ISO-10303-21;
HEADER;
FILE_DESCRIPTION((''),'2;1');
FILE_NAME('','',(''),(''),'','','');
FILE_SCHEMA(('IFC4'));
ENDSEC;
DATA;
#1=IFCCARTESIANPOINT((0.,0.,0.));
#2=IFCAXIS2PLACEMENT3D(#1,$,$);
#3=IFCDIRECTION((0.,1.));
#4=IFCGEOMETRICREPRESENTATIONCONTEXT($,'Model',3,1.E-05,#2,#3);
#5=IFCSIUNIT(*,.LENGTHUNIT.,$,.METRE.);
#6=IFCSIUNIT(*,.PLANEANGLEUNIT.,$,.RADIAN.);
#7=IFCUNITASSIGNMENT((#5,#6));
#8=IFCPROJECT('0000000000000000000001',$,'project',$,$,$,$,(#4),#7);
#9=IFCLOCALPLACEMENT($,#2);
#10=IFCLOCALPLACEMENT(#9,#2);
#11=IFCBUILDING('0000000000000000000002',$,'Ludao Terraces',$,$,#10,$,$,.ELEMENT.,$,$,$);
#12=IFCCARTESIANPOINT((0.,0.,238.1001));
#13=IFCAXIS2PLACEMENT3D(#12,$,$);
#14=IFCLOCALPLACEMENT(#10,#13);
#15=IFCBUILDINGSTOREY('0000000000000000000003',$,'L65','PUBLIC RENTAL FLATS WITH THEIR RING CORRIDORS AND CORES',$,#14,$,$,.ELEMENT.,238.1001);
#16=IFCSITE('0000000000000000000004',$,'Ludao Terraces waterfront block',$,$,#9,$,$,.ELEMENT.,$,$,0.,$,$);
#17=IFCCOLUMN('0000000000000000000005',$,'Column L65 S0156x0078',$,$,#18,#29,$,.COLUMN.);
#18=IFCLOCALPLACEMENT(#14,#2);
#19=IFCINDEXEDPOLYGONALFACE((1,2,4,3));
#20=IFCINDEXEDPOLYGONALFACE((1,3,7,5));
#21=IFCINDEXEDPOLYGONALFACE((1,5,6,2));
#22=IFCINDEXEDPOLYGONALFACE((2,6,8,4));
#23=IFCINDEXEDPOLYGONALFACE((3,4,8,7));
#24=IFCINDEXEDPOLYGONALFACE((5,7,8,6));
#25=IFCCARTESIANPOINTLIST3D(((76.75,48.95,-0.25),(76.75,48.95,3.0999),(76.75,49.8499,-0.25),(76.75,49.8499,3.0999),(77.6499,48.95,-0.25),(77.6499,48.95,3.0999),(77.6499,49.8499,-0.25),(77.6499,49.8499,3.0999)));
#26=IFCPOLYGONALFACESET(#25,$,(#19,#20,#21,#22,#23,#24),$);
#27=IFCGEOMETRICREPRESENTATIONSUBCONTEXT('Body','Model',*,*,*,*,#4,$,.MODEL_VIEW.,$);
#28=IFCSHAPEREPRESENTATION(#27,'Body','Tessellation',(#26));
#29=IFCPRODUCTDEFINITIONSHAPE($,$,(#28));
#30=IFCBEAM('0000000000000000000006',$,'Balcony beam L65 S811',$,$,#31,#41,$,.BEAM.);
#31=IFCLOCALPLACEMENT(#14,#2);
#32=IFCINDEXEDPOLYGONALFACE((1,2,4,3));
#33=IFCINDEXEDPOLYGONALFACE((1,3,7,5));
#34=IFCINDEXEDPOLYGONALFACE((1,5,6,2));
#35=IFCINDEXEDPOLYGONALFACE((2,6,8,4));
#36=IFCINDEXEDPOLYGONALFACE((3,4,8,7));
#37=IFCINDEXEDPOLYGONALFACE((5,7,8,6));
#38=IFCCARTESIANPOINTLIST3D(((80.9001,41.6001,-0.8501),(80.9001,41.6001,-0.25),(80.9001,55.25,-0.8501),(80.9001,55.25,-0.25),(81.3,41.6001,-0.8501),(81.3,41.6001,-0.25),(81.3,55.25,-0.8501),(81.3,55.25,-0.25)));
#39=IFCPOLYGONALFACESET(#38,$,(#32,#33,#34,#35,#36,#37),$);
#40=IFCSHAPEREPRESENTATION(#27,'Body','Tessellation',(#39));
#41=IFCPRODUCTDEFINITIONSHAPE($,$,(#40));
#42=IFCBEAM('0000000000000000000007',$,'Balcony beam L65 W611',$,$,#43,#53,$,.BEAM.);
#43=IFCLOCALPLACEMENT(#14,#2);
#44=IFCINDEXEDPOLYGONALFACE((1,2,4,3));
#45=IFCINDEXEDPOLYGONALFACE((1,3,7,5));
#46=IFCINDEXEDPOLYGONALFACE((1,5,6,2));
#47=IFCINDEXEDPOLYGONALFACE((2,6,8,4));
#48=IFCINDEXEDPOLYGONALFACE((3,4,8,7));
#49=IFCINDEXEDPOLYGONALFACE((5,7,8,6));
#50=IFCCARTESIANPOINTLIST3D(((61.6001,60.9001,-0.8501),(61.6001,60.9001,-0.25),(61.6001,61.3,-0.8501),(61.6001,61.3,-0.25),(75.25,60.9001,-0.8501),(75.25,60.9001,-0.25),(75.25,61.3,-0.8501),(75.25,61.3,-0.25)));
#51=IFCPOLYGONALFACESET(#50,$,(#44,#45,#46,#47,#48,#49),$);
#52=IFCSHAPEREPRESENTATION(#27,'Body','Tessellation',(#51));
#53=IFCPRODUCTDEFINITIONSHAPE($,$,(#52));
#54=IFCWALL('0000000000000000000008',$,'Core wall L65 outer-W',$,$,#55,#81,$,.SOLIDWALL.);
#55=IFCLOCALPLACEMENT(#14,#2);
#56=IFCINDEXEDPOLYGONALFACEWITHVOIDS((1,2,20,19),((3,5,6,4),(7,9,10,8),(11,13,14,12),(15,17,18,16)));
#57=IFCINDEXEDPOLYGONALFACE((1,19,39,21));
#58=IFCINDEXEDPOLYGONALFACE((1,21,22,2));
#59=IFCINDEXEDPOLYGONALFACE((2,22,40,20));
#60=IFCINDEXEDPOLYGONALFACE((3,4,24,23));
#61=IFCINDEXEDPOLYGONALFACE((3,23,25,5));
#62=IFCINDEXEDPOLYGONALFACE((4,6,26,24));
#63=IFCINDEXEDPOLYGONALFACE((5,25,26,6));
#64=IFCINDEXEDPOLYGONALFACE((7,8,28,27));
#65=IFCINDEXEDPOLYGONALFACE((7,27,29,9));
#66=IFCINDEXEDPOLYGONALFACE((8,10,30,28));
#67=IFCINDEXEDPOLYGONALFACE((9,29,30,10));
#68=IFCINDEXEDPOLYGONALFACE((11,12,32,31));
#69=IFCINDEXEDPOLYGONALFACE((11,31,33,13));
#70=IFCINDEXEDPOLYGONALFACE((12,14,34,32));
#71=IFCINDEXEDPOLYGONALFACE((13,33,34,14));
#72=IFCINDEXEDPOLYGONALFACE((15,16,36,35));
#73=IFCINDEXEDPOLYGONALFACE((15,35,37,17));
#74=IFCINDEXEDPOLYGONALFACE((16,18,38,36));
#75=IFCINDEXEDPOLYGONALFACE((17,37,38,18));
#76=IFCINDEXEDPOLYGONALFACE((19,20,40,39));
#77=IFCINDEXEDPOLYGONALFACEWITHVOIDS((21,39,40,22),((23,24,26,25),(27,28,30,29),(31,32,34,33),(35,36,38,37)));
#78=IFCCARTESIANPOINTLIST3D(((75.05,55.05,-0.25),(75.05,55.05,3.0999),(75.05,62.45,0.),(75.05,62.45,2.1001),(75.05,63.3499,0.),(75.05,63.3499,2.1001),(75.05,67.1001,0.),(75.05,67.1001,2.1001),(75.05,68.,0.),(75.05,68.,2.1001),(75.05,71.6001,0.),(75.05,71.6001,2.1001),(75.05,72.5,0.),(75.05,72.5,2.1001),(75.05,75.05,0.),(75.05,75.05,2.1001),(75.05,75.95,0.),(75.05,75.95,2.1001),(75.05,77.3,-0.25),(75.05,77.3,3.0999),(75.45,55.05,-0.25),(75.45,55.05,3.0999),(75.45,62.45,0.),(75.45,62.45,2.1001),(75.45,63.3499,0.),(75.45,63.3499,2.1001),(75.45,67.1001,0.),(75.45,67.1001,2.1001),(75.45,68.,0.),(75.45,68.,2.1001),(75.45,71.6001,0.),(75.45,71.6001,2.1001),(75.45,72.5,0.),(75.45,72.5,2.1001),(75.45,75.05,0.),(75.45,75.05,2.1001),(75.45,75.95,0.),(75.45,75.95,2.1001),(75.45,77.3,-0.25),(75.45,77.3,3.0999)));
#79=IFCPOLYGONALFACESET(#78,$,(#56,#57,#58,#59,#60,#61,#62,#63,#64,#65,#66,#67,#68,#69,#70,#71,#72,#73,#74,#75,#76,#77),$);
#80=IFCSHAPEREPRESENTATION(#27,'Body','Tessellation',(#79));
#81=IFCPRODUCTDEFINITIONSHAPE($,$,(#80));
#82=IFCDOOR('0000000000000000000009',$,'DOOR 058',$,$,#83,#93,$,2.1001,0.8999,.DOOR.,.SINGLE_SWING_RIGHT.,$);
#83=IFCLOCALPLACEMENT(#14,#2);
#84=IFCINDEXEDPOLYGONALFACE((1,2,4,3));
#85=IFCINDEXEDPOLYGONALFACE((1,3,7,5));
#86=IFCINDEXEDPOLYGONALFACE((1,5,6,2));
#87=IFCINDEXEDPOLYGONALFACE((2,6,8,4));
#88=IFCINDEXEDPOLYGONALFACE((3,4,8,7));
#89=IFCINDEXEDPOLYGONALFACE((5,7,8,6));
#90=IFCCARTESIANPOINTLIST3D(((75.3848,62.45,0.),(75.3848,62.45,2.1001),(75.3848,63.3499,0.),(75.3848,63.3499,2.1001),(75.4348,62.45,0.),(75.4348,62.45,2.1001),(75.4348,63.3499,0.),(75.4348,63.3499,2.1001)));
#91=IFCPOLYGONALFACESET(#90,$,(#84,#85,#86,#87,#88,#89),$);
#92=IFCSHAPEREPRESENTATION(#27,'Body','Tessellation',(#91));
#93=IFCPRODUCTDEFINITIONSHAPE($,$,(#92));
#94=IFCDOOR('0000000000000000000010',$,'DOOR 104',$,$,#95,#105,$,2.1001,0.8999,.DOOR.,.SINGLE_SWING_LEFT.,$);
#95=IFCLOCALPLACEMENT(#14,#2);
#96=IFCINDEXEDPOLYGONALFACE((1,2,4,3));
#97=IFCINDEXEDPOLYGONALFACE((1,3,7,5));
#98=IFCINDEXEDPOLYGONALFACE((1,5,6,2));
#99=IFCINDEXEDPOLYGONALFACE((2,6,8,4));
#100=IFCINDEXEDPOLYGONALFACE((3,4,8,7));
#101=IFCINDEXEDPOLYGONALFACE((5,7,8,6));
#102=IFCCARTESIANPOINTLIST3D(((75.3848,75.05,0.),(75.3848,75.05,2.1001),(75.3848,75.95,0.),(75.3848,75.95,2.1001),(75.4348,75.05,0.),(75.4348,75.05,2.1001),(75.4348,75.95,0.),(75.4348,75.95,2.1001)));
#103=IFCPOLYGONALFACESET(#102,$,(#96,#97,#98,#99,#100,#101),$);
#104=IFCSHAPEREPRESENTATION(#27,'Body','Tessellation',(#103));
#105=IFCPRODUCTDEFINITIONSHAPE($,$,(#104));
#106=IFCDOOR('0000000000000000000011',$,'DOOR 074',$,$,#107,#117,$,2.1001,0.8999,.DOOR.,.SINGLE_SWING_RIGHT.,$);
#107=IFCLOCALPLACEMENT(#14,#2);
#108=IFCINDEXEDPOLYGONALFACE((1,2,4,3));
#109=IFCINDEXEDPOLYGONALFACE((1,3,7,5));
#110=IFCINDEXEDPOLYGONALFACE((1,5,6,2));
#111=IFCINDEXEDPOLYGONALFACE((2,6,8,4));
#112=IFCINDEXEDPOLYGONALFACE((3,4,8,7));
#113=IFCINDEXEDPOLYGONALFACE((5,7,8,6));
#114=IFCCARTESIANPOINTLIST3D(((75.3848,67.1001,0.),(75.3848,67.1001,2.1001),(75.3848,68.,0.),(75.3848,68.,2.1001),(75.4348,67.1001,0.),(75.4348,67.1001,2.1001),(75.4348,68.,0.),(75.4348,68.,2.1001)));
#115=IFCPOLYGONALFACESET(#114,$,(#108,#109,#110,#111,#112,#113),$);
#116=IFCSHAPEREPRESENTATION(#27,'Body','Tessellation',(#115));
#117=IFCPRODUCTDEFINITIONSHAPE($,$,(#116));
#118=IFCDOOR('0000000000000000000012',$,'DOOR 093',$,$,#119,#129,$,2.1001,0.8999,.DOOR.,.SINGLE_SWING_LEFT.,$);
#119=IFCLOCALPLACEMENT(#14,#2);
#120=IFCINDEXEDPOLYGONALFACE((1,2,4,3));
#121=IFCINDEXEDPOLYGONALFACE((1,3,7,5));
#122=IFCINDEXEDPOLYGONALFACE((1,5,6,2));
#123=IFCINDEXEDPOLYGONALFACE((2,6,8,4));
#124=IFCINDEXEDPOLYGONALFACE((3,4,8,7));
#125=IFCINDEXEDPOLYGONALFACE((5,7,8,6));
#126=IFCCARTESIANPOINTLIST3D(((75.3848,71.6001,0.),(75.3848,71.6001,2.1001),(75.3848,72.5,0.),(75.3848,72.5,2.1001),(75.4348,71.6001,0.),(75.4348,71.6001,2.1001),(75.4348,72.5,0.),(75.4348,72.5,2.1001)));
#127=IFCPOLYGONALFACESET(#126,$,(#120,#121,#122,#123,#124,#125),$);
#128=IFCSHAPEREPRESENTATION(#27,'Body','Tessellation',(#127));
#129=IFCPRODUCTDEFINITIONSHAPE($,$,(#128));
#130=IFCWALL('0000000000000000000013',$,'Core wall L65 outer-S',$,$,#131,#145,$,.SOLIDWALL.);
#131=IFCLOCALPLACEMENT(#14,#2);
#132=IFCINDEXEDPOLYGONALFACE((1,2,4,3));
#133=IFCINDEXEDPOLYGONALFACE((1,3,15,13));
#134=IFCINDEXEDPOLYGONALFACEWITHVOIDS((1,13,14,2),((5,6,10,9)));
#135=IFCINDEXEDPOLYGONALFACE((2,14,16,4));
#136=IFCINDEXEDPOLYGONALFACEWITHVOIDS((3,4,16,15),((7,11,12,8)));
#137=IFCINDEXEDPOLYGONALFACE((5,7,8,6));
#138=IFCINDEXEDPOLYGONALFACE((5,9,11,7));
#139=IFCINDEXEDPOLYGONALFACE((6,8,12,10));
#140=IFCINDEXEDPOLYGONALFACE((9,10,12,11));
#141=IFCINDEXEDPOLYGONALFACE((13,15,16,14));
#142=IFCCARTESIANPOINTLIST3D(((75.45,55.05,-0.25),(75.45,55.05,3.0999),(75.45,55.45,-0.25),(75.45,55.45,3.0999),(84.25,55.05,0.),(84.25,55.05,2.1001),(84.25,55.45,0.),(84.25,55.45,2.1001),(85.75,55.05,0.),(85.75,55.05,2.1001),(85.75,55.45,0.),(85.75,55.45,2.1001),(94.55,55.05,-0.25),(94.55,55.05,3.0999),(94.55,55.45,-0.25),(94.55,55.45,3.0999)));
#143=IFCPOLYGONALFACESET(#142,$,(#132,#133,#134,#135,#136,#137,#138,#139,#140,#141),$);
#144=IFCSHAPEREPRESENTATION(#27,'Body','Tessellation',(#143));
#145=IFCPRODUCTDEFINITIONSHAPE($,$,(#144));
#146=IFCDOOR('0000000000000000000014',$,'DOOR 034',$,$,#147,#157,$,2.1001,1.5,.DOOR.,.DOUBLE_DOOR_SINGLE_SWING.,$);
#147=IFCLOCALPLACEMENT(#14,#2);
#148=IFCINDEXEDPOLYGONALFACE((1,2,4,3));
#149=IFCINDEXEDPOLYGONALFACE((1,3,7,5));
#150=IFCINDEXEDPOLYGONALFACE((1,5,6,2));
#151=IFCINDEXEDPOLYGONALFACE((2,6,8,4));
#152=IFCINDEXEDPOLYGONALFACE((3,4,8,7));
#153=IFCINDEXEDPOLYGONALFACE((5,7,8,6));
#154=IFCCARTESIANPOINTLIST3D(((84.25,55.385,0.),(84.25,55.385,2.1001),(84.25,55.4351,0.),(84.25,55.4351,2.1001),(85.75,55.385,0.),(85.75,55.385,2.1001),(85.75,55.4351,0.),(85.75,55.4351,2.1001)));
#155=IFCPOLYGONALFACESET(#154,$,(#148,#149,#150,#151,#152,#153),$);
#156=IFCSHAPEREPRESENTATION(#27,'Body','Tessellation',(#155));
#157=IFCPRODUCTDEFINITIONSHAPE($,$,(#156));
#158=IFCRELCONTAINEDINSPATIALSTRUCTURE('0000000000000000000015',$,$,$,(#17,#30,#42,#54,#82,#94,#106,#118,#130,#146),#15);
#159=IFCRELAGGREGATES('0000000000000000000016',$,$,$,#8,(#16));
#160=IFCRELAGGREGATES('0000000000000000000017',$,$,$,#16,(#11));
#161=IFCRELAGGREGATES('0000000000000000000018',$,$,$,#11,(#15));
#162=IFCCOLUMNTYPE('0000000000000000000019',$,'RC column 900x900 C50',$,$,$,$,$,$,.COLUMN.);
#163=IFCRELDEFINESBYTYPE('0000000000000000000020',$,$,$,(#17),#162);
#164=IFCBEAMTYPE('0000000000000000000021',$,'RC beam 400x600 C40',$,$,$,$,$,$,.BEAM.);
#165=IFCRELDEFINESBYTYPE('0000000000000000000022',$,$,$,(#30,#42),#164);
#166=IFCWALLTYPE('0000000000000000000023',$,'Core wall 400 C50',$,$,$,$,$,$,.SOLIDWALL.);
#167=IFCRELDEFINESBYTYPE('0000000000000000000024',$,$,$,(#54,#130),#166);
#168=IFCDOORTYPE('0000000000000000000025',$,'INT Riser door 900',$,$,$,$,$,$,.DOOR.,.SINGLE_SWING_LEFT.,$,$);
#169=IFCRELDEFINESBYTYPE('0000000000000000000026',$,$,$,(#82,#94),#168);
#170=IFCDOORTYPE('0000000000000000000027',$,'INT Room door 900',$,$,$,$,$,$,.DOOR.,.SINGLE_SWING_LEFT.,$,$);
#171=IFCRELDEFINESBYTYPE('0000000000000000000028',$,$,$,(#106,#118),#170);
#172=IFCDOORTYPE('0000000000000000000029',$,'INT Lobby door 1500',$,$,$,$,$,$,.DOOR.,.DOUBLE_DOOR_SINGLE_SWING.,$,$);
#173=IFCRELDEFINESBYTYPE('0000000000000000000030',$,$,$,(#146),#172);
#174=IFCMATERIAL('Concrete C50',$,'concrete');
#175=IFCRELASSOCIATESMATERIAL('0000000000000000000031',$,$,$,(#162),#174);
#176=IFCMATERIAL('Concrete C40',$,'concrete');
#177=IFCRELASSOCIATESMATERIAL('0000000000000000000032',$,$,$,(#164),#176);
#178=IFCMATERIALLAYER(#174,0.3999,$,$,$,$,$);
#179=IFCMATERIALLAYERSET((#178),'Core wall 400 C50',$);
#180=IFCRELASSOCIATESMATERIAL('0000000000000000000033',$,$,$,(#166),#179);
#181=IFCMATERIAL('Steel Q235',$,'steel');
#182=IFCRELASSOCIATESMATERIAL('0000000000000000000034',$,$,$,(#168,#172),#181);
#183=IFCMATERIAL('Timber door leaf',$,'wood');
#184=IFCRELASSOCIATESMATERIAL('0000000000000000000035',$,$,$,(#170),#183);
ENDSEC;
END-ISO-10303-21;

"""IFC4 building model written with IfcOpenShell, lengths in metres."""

from ifc_helpers import new_model, si_unit, direction, frame, frame_2d, origin, origin_2d, place, context, subcontext, project, spatial, rectangle, extrude, material, layer, layer_set, material_profile, profile_set, type_object, element, fill, save


model = new_model("IFC4")

# Units and contexts
model_context = context("Model", 3, precision=1e-05, world=origin(), true_north=direction((0.0, 1.0)))
body_context = subcontext(model_context, "Body", "Model", "MODEL_VIEW")
ifc_project = project(units=[si_unit("LENGTHUNIT", "METRE"), si_unit("PLANEANGLEUNIT", "RADIAN")], contexts=[model_context])

# Site, building, storey
site_placement = place(None, origin())
site = spatial("IfcSite", under=ifc_project, at=site_placement, Name="Ludao Terraces waterfront block", CompositionType="ELEMENT", RefElevation=0.0)
building_placement = place(site_placement, origin())
building = spatial("IfcBuilding", under=site, at=building_placement, Name="Ludao Terraces", CompositionType="ELEMENT")
storey_placement = place(building_placement, frame((0.0, 0.0, 238.1001)))
storey = spatial("IfcBuildingStorey", under=building, at=storey_placement, Name="L65", Description="PUBLIC RENTAL FLATS WITH THEIR RING CORRIDORS AND CORES", CompositionType="ELEMENT", Elevation=238.1001)

# Column
ifc_material_1 = material(Name="Concrete C50", Category="concrete")
ifc_material_profile_1 = material_profile(ifc_material_1, rectangle(XDim=0.8999, YDim=0.8999, at=origin_2d()), Name="900 X 900")
ifc_profile_set_1 = profile_set([ifc_material_profile_1], Name="Concrete C50")
column_type = type_object("IfcColumnType", Name="RC column 900x900 C50", PredefinedType="COLUMN", material=ifc_profile_set_1)
column_placement = place(storey_placement, frame((77.2, 49.3999, -0.25), z_axis=(0.0, 0.0, 1.0), x_axis=(1.0, 0.0, 0.0)))
element("IfcColumn", 1, at=column_placement, inside=storey, type_object=column_type, Name="Column L65 S0156x0078", PredefinedType="COLUMN", context=body_context, shape_type="SweptSolid", body=[
    extrude(rectangle(XDim=0.8999, YDim=0.8999, at=origin_2d()), origin(), (0.0, 0.0, 1.0), 3.3499),
])

# Beams
ifc_material_2 = material(Name="Concrete C40", Category="concrete")
ifc_material_profile_2 = material_profile(ifc_material_2, rectangle(XDim=0.3999, YDim=0.6001, at=origin_2d()), Name="400 X 600")
ifc_profile_set_2 = profile_set([ifc_material_profile_2], Name="Concrete C40")
beam_type = type_object("IfcBeamType", Name="RC beam 400x600 C40", PredefinedType="BEAM", material=ifc_profile_set_2)
for number, where, z_axis, x_axis, name in (
    (2, (81.1001, 55.25, -0.55), (0.0, -1.0, 0.0), (1.0, 0.0, 0.0), "Balcony beam L65 S811"),
    (3, (75.25, 61.1001, -0.55), (-1.0, 0.0, 0.0), (0.0, -1.0, 0.0), "Balcony beam L65 W611"),
):
    element("IfcBeam", number, at=place(storey_placement, frame(where, z_axis=z_axis, x_axis=x_axis)), inside=storey, type_object=beam_type, Name=name, PredefinedType="BEAM", context=body_context, shape_type="SweptSolid", body=[
        extrude(rectangle(XDim=0.3999, YDim=0.6001, at=origin_2d()), origin(), (0.0, 0.0, 1.0), 13.6499),
    ])

# Wall, openings, doors
ifc_layer_1 = layer(ifc_material_1, 0.3999)
ifc_layer_set_1 = layer_set([ifc_layer_1], Name="Core wall 400 C50")
wall_type_1 = type_object("IfcWallType", Name="Core wall 400 C50", PredefinedType="SOLIDWALL", material=ifc_layer_set_1)
wall_1_placement = place(storey_placement, frame((75.25, 55.05, -0.25), z_axis=(0.0, 0.0, 1.0), x_axis=(0.0, 1.0, 0.0)))
wall_1 = element("IfcWall", 4, at=wall_1_placement, inside=storey, type_object=wall_type_1, Name="Core wall L65 outer-W", PredefinedType="SOLIDWALL", context=body_context, shape_type="SweptSolid", body=[
    extrude(rectangle(XDim=22.25, YDim=0.3999, at=frame_2d((11.125, 0.0))), origin(), (0.0, 0.0, 1.0), 3.3499),
])
opening_1_placement = place(wall_1_placement, frame((7.3999, 0.0, 0.25)))
opening_1 = element("IfcOpeningElement", 5, at=opening_1_placement, cuts=wall_1, PredefinedType="OPENING", context=body_context, shape_type="SweptSolid", body=[
    extrude(rectangle(XDim=0.8999, YDim=2.1001, at=frame_2d((0.45, 1.05))), frame((0.0, 0.21, 0.0), z_axis=(0.0, -1.0, 0.0), x_axis=(1.0, 0.0, 0.0)), (0.0, 0.0, 1.0), 0.4199),
])
opening_2_placement = place(wall_1_placement, frame((12.05, 0.0, 0.25)))
opening_2 = element("IfcOpeningElement", 6, at=opening_2_placement, cuts=wall_1, PredefinedType="OPENING", context=body_context, shape_type="SweptSolid", body=[
    extrude(rectangle(XDim=0.8999, YDim=2.1001, at=frame_2d((0.45, 1.05))), frame((0.0, 0.21, 0.0), z_axis=(0.0, -1.0, 0.0), x_axis=(1.0, 0.0, 0.0)), (0.0, 0.0, 1.0), 0.4199),
])
opening_3_placement = place(wall_1_placement, frame((16.55, 0.0, 0.25)))
opening_3 = element("IfcOpeningElement", 7, at=opening_3_placement, cuts=wall_1, PredefinedType="OPENING", context=body_context, shape_type="SweptSolid", body=[
    extrude(rectangle(XDim=0.8999, YDim=2.1001, at=frame_2d((0.45, 1.05))), frame((0.0, 0.21, 0.0), z_axis=(0.0, -1.0, 0.0), x_axis=(1.0, 0.0, 0.0)), (0.0, 0.0, 1.0), 0.4199),
])
opening_4_placement = place(wall_1_placement, frame((20.0, 0.0, 0.25)))
opening_4 = element("IfcOpeningElement", 8, at=opening_4_placement, cuts=wall_1, PredefinedType="OPENING", context=body_context, shape_type="SweptSolid", body=[
    extrude(rectangle(XDim=0.8999, YDim=2.1001, at=frame_2d((0.45, 1.05))), frame((0.0, 0.21, 0.0), z_axis=(0.0, -1.0, 0.0), x_axis=(1.0, 0.0, 0.0)), (0.0, 0.0, 1.0), 0.4199),
])
ifc_material_3 = material(Name="Steel Q235", Category="steel")
door_type_1 = type_object("IfcDoorType", Name="INT Riser door 900", OperationType="SINGLE_SWING_LEFT", PredefinedType="DOOR", material=ifc_material_3)
door_1_placement = place(opening_1_placement, origin())
door_1 = element("IfcDoor", 9, at=door_1_placement, inside=storey, type_object=door_type_1, Name="DOOR 058", OperationType="SINGLE_SWING_RIGHT", OverallHeight=2.1001, OverallWidth=0.8999, PredefinedType="DOOR", context=body_context, shape_type="SweptSolid", body=[
    extrude(rectangle(XDim=0.8999, YDim=2.1001, at=frame_2d((0.45, 1.05))), frame((0.0, -0.1348, 0.0), z_axis=(0.0, -1.0, 0.0), x_axis=(1.0, 0.0, 0.0)), (0.0, 0.0, 1.0), 0.05),
])
fill(opening_1, door_1)
door_2_placement = place(opening_4_placement, origin())
door_2 = element("IfcDoor", 10, at=door_2_placement, inside=storey, type_object=door_type_1, Name="DOOR 104", OperationType="SINGLE_SWING_LEFT", OverallHeight=2.1001, OverallWidth=0.8999, PredefinedType="DOOR", context=body_context, shape_type="SweptSolid", body=[
    extrude(rectangle(XDim=0.8999, YDim=2.1001, at=frame_2d((0.45, 1.05))), frame((0.0, -0.1348, 0.0), z_axis=(0.0, -1.0, 0.0), x_axis=(1.0, 0.0, 0.0)), (0.0, 0.0, 1.0), 0.05),
])
fill(opening_4, door_2)
ifc_material_4 = material(Name="Timber door leaf", Category="wood")
door_type_2 = type_object("IfcDoorType", Name="INT Room door 900", OperationType="SINGLE_SWING_LEFT", PredefinedType="DOOR", material=ifc_material_4)
door_3_placement = place(opening_2_placement, origin())
door_3 = element("IfcDoor", 11, at=door_3_placement, inside=storey, type_object=door_type_2, Name="DOOR 074", OperationType="SINGLE_SWING_RIGHT", OverallHeight=2.1001, OverallWidth=0.8999, PredefinedType="DOOR", context=body_context, shape_type="SweptSolid", body=[
    extrude(rectangle(XDim=0.8999, YDim=2.1001, at=frame_2d((0.45, 1.05))), frame((0.0, -0.1348, 0.0), z_axis=(0.0, -1.0, 0.0), x_axis=(1.0, 0.0, 0.0)), (0.0, 0.0, 1.0), 0.05),
])
fill(opening_2, door_3)
door_4_placement = place(opening_3_placement, origin())
door_4 = element("IfcDoor", 12, at=door_4_placement, inside=storey, type_object=door_type_2, Name="DOOR 093", OperationType="SINGLE_SWING_LEFT", OverallHeight=2.1001, OverallWidth=0.8999, PredefinedType="DOOR", context=body_context, shape_type="SweptSolid", body=[
    extrude(rectangle(XDim=0.8999, YDim=2.1001, at=frame_2d((0.45, 1.05))), frame((0.0, -0.1348, 0.0), z_axis=(0.0, -1.0, 0.0), x_axis=(1.0, 0.0, 0.0)), (0.0, 0.0, 1.0), 0.05),
])
fill(opening_3, door_4)

# Wall, opening, door
wall_2_placement = place(storey_placement, frame((75.45, 55.25, -0.25), z_axis=(0.0, 0.0, 1.0), x_axis=(1.0, 0.0, 0.0)))
wall_2 = element("IfcWall", 13, at=wall_2_placement, inside=storey, type_object=wall_type_1, Name="Core wall L65 outer-S", PredefinedType="SOLIDWALL", context=body_context, shape_type="SweptSolid", body=[
    extrude(rectangle(XDim=19.1001, YDim=0.3999, at=frame_2d((9.55, 0.0))), origin(), (0.0, 0.0, 1.0), 3.3499),
])
opening_5_placement = place(wall_2_placement, frame((8.8, 0.0, 0.25)))
opening_5 = element("IfcOpeningElement", 14, at=opening_5_placement, cuts=wall_2, PredefinedType="OPENING", context=body_context, shape_type="SweptSolid", body=[
    extrude(rectangle(XDim=1.5, YDim=2.1001, at=frame_2d((0.75, 1.05))), frame((0.0, 0.21, 0.0), z_axis=(0.0, -1.0, 0.0), x_axis=(1.0, 0.0, 0.0)), (0.0, 0.0, 1.0), 0.4199),
])
door_type_3 = type_object("IfcDoorType", Name="INT Lobby door 1500", OperationType="DOUBLE_DOOR_SINGLE_SWING", PredefinedType="DOOR", material=ifc_material_3)
door_5_placement = place(opening_5_placement, origin())
door_5 = element("IfcDoor", 15, at=door_5_placement, inside=storey, type_object=door_type_3, Name="DOOR 034", OperationType="DOUBLE_DOOR_SINGLE_SWING", OverallHeight=2.1001, OverallWidth=1.5, PredefinedType="DOOR", context=body_context, shape_type="SweptSolid", body=[
    extrude(rectangle(XDim=1.5, YDim=2.1001, at=frame_2d((0.75, 1.05))), frame((0.0, 0.1851, 0.0), z_axis=(0.0, -1.0, 0.0), x_axis=(1.0, 0.0, 0.0)), (0.0, 0.0, 1.0), 0.05),
])
fill(opening_5, door_5)

save(model, "model.ifc")
